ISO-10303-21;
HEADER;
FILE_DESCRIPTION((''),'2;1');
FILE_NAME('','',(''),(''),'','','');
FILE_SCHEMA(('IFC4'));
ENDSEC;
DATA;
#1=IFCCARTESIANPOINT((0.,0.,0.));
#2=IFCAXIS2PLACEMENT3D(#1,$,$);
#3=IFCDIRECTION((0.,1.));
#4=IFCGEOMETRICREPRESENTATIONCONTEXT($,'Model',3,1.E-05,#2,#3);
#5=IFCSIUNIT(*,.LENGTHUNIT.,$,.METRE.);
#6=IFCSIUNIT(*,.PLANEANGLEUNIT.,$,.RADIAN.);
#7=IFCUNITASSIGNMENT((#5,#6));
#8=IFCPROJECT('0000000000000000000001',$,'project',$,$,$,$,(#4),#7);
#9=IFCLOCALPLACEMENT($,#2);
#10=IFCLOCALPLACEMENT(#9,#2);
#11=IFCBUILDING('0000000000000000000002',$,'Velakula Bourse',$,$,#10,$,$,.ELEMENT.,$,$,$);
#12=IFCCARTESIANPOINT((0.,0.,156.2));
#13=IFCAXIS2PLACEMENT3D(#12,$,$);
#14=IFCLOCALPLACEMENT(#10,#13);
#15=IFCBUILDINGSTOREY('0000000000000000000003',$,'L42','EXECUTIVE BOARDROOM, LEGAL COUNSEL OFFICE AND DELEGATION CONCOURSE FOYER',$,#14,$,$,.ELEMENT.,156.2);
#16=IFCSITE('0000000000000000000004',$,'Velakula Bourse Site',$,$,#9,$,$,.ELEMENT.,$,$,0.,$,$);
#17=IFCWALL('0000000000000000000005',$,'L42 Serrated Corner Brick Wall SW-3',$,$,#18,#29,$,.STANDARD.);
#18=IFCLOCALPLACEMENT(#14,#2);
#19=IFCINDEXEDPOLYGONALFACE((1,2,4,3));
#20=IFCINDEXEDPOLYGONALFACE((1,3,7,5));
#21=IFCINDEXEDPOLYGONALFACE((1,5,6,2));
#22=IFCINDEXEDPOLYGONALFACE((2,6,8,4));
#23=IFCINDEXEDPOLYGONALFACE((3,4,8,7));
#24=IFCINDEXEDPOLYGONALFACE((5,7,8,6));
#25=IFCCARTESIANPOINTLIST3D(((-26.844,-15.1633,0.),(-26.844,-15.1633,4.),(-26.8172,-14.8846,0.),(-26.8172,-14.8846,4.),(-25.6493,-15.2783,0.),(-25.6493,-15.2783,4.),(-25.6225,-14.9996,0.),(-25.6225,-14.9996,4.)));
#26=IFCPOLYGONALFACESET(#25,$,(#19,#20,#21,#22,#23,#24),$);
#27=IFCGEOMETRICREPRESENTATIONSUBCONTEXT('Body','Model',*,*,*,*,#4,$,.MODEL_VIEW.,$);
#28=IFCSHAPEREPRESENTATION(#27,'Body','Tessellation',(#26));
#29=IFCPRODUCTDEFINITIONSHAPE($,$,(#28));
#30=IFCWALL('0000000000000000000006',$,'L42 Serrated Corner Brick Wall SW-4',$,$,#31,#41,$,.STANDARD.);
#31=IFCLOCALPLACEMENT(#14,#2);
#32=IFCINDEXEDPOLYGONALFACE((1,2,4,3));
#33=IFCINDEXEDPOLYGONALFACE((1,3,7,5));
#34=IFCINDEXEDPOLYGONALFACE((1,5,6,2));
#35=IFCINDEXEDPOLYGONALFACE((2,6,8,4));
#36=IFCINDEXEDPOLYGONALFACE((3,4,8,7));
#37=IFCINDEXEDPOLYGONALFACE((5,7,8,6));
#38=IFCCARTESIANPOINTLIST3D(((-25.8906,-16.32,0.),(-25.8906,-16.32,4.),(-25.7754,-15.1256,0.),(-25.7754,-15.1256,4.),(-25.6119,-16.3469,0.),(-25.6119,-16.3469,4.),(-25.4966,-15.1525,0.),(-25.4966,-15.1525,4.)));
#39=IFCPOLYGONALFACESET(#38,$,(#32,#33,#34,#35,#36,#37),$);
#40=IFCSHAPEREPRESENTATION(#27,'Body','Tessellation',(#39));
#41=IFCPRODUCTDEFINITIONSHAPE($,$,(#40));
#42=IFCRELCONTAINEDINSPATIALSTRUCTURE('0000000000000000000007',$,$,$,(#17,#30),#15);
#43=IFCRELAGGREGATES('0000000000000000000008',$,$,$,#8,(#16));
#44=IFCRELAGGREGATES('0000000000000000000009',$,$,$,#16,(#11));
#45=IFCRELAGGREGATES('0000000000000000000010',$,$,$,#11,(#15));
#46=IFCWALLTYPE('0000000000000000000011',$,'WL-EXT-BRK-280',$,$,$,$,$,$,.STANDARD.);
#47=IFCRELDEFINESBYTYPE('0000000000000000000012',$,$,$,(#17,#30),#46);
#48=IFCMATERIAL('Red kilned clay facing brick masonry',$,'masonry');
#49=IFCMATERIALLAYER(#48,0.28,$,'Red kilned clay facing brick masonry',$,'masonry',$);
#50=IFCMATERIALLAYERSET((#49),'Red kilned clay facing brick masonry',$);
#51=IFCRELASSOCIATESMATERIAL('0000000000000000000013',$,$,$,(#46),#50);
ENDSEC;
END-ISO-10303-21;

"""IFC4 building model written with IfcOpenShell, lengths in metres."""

from ifc_helpers import new_model, si_unit, direction, frame, frame_2d, origin, place, context, subcontext, project, spatial, rectangle, extrude, material, layer, layer_set, type_object, element, save


model = new_model("IFC4")

# Units and contexts
model_context = context("Model", 3, precision=1e-05, world=origin(), true_north=direction((0.0, 1.0)))
body_context = subcontext(model_context, "Body", "Model", "MODEL_VIEW")
ifc_project = project(units=[si_unit("LENGTHUNIT", "METRE"), si_unit("PLANEANGLEUNIT", "RADIAN")], contexts=[model_context])

# Site, building, storey
site_placement = place(None, origin())
site = spatial("IfcSite", under=ifc_project, at=site_placement, Name="Velakula Bourse Site", CompositionType="ELEMENT", RefElevation=0.0)
building_placement = place(site_placement, origin())
building = spatial("IfcBuilding", under=site, at=building_placement, Name="Velakula Bourse", CompositionType="ELEMENT")
storey_placement = place(building_placement, frame((0.0, 0.0, 156.2)))
storey = spatial("IfcBuildingStorey", under=building, at=storey_placement, Name="L42", Description="EXECUTIVE BOARDROOM, LEGAL COUNSEL OFFICE AND DELEGATION CONCOURSE FOYER", CompositionType="ELEMENT", Elevation=156.2)

# Walls
ifc_material_1 = material(Name="Red kilned clay facing brick masonry", Category="masonry")
ifc_layer = layer(ifc_material_1, 0.28, Name="Red kilned clay facing brick masonry", Category="masonry")
ifc_layer_set = layer_set([ifc_layer], Name="Red kilned clay facing brick masonry")
wall_type = type_object("IfcWallType", Name="WL-EXT-BRK-280", PredefinedType="STANDARD", material=ifc_layer_set)
wall_1_placement = place(storey_placement, frame((-26.8306, -15.0239, 0.0), z_axis=(0.0, 0.0, 1.0), x_axis=(0.995399, -0.095817, 0.0)))
element("IfcWall", 1, at=wall_1_placement, inside=storey, type_object=wall_type, Name="L42 Serrated Corner Brick Wall SW-3", PredefinedType="STANDARD", context=body_context, shape_type="SweptSolid", body=[
    extrude(rectangle(XDim=1.2002, YDim=0.28, at=frame_2d((0.6001, 0.0))), origin(), (0.0, 0.0, 1.0), 4.0),
])
wall_2_placement = place(storey_placement, frame((-25.636, -15.1389, 0.0), z_axis=(0.0, 0.0, 1.0), x_axis=(-0.096038, -0.995378, 0.0)))
element("IfcWall", 2, at=wall_2_placement, inside=storey, type_object=wall_type, Name="L42 Serrated Corner Brick Wall SW-4", PredefinedType="STANDARD", context=body_context, shape_type="SweptSolid", body=[
    extrude(rectangle(XDim=1.2, YDim=0.28, at=frame_2d((0.6001, 0.0))), origin(), (0.0, 0.0, 1.0), 4.0),
])

save(model, "model.ifc")
